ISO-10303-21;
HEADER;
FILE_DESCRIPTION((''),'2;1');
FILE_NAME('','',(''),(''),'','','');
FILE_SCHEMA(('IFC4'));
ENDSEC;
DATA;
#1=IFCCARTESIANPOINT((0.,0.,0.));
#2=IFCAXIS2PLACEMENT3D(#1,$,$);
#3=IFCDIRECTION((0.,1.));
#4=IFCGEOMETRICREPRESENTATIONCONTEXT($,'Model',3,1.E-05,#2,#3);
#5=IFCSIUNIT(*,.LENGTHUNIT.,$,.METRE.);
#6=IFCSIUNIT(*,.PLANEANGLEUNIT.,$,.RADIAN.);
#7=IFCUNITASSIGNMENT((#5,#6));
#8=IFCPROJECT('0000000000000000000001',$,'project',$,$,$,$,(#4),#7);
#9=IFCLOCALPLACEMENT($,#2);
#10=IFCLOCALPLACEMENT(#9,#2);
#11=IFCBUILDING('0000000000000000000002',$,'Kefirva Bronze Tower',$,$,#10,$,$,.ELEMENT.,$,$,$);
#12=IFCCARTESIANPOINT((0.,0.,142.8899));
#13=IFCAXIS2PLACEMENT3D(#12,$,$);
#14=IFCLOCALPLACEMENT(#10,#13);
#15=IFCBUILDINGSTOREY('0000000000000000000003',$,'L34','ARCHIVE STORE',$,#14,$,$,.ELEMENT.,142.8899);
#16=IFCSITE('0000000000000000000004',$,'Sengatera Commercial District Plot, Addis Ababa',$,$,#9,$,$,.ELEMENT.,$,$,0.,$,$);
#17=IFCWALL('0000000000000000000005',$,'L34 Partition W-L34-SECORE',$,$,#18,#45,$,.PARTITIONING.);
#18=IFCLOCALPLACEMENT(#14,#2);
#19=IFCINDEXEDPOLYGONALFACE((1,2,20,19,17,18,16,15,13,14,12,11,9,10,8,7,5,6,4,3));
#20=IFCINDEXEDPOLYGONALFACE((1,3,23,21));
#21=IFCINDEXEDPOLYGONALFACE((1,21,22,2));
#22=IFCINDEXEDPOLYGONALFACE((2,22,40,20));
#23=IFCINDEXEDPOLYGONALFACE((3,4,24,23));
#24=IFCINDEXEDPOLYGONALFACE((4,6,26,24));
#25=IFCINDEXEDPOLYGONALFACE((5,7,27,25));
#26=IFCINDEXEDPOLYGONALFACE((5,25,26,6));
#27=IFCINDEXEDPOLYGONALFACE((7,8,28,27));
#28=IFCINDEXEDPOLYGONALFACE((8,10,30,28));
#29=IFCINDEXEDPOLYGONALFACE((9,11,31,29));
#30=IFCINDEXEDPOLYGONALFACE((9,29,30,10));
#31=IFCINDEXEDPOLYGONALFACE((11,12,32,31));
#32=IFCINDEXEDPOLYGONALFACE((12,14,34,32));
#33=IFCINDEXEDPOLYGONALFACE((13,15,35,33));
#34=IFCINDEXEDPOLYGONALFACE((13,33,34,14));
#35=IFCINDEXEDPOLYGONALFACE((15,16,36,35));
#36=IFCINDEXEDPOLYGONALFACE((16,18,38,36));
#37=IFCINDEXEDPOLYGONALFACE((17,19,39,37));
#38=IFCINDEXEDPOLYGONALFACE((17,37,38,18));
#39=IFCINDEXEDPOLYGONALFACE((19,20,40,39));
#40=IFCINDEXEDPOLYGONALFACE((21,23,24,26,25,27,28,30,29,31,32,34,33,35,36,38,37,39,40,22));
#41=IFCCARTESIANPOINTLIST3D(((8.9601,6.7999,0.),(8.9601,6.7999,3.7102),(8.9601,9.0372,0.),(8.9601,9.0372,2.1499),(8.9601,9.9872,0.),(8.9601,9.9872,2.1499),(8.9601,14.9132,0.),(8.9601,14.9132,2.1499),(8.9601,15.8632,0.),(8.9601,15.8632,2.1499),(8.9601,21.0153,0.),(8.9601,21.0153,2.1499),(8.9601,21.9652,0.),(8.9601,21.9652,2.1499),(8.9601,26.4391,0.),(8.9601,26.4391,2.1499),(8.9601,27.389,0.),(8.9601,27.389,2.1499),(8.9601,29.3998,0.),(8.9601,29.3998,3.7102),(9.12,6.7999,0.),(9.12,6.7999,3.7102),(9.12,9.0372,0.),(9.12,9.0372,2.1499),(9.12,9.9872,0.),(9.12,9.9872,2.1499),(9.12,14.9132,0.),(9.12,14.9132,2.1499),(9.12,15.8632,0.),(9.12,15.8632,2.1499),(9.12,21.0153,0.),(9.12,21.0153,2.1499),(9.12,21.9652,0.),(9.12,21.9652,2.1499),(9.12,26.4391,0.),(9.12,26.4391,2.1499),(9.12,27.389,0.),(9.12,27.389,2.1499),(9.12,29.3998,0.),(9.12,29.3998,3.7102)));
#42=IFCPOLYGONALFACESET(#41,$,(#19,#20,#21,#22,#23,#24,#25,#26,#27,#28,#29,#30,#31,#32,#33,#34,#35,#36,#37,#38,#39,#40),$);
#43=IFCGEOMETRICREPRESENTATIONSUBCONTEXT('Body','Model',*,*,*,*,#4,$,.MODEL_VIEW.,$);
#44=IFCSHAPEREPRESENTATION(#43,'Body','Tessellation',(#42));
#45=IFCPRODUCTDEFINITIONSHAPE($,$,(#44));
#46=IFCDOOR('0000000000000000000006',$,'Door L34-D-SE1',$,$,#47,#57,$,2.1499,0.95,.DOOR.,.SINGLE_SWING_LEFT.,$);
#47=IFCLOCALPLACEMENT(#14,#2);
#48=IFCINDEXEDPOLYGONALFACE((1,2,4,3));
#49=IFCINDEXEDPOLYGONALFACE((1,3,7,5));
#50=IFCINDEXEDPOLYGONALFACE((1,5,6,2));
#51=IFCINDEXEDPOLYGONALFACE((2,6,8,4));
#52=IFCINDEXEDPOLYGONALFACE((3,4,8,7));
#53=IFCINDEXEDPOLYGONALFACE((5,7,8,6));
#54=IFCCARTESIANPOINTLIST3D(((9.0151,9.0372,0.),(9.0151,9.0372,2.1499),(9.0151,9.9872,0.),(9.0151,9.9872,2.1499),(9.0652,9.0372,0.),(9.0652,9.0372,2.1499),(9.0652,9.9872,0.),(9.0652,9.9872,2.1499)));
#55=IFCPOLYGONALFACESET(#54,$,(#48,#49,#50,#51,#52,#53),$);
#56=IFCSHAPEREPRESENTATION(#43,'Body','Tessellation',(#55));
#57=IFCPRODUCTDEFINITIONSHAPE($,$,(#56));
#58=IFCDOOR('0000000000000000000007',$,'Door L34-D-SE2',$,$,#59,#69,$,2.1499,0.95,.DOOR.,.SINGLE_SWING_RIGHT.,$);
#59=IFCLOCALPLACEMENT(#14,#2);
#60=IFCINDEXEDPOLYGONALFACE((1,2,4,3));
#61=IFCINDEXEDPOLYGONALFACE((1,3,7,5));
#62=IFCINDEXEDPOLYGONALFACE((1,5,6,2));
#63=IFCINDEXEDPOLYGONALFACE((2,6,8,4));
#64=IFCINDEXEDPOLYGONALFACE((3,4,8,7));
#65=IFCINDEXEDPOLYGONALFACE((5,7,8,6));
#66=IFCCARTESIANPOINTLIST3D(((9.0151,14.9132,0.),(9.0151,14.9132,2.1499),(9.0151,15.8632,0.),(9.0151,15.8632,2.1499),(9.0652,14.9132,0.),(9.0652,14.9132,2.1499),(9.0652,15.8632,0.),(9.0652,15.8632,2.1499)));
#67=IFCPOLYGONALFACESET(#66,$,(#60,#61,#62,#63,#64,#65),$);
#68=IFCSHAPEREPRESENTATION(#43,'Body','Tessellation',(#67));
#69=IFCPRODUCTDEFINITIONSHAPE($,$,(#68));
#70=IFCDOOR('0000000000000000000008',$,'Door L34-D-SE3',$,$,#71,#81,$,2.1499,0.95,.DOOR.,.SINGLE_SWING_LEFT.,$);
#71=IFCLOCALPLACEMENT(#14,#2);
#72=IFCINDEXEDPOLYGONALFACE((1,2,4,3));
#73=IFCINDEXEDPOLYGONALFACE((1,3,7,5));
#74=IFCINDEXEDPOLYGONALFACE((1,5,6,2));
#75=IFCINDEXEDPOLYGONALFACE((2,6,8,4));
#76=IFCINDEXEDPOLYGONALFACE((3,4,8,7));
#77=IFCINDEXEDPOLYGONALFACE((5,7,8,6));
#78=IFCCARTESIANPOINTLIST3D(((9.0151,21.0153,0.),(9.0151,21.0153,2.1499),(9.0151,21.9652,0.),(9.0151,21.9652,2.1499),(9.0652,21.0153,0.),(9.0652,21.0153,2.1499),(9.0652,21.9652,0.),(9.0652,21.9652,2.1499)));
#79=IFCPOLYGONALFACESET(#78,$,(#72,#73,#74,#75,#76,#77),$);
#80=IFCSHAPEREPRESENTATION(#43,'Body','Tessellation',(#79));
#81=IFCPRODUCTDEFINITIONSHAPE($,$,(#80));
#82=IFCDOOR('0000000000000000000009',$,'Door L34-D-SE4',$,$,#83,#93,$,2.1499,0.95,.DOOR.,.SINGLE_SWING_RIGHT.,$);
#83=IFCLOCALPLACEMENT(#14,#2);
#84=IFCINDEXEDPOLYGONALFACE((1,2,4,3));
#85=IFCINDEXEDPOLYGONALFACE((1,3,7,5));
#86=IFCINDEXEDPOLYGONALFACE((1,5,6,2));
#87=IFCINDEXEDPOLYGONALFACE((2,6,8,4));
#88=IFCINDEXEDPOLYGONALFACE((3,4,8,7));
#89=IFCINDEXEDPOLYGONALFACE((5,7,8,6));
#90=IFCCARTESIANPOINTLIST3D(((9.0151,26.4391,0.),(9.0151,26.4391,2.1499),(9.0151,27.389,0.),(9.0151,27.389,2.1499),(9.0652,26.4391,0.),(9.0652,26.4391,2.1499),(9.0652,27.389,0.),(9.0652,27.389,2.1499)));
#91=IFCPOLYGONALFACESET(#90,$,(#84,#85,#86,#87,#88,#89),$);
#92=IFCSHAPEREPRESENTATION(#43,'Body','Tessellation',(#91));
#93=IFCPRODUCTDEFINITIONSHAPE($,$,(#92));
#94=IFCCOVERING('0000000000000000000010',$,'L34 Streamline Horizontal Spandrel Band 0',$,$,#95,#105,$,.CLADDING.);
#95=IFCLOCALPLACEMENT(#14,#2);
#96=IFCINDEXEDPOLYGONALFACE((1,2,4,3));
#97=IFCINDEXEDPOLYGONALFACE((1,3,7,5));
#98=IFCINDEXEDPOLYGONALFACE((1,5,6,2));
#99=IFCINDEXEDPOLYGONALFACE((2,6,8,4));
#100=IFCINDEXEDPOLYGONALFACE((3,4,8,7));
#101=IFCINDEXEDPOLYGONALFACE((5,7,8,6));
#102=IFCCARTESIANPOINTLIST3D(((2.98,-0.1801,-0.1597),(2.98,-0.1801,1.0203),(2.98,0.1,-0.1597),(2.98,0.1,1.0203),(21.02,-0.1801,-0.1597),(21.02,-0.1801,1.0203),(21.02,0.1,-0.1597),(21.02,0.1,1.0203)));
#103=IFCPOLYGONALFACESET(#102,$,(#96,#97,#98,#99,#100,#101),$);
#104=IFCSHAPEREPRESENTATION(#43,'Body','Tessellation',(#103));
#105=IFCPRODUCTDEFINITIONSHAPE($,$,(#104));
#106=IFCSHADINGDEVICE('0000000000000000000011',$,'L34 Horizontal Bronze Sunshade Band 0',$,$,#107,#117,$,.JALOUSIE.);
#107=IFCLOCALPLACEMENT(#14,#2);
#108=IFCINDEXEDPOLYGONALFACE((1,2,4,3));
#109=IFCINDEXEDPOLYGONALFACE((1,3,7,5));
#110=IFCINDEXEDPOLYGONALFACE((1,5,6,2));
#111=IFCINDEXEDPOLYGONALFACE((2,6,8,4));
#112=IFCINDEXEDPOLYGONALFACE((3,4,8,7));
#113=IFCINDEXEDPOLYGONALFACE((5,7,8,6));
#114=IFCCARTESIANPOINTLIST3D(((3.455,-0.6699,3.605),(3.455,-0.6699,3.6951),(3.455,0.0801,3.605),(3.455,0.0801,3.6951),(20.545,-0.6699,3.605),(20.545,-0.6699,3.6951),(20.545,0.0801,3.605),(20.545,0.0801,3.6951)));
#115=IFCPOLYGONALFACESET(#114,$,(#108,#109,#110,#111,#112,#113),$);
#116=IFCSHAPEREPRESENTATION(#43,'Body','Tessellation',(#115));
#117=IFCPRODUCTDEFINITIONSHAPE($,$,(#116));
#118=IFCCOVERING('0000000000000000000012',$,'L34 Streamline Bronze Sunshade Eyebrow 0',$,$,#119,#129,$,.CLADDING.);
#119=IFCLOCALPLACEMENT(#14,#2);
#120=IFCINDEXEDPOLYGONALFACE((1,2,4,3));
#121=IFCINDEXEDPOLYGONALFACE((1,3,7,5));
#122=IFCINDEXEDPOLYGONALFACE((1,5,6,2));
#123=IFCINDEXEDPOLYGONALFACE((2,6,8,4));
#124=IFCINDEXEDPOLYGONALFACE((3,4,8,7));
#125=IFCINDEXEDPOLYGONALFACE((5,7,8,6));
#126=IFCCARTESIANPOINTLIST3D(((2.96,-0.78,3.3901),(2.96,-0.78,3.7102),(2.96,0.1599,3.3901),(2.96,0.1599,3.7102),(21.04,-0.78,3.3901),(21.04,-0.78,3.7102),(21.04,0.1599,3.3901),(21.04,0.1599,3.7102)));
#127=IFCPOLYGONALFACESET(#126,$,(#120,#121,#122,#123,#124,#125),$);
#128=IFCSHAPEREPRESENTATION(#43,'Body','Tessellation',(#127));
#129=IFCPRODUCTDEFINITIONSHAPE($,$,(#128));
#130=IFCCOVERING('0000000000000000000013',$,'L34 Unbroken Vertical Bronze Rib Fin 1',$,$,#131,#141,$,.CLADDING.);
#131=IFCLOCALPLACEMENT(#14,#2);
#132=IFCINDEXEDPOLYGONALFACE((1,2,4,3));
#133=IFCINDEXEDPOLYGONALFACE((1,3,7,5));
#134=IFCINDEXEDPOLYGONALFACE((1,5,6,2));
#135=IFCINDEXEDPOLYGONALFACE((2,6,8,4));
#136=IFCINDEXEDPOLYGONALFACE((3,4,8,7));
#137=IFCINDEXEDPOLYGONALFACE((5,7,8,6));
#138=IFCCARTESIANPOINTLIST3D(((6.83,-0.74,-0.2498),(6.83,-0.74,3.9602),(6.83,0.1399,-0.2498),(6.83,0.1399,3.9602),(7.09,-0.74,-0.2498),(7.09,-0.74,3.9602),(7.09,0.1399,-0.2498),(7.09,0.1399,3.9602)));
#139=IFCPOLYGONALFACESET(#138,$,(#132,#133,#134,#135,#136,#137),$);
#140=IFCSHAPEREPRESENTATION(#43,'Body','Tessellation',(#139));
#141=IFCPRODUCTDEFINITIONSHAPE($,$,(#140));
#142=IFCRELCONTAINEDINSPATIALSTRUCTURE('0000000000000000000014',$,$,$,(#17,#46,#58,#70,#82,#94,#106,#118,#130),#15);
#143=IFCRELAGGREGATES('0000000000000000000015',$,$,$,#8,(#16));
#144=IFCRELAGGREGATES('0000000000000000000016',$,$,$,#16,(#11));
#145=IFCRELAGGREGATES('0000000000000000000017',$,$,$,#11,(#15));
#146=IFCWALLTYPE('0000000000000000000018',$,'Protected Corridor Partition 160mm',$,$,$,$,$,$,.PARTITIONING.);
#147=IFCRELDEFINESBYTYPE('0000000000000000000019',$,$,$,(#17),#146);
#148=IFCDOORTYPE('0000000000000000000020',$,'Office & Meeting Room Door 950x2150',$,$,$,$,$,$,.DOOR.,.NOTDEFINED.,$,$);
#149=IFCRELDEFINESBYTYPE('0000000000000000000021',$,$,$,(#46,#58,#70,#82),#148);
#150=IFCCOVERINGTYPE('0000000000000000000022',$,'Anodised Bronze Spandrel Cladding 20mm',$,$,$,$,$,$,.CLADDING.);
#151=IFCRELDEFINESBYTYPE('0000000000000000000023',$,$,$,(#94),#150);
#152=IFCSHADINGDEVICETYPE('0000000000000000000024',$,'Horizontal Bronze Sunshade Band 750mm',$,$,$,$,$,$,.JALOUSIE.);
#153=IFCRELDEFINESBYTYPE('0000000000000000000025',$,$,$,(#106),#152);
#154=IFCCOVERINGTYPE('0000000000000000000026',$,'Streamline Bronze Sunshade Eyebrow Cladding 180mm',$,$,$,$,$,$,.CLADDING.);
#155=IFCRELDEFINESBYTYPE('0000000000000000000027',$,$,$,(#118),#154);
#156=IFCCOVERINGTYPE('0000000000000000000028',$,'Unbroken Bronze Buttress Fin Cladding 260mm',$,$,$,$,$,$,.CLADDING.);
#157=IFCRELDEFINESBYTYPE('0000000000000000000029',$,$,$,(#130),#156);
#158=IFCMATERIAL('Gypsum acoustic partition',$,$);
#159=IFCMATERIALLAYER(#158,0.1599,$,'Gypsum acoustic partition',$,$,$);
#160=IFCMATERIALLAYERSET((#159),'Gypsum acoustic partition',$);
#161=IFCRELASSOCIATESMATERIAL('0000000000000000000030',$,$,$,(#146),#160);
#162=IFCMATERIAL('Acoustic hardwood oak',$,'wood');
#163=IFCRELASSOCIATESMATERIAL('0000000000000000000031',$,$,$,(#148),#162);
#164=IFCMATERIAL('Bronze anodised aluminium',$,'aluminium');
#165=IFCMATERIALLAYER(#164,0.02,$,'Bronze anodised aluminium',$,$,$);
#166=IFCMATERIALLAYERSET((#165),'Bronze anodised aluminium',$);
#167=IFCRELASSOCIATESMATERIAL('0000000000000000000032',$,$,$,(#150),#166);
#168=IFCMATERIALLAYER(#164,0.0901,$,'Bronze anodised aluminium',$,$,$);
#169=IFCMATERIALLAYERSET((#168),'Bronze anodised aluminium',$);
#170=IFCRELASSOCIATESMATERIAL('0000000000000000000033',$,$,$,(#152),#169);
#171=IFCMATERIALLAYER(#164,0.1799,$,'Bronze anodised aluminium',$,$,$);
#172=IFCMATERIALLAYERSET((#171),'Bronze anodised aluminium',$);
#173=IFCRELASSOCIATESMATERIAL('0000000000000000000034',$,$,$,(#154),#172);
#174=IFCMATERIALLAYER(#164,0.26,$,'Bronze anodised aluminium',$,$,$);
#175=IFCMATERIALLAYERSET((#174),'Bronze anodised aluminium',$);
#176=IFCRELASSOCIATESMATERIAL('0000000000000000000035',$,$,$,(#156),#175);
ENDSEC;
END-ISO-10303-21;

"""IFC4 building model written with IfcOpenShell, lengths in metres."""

from ifc_helpers import new_model, si_unit, direction, frame, frame_2d, origin, origin_2d, place, context, subcontext, project, spatial, rectangle, extrude, material, layer, layer_set, type_object, element, fill, save


model = new_model("IFC4")

# Units and contexts
model_context = context("Model", 3, precision=1e-05, world=origin(), true_north=direction((0.0, 1.0)))
body_context = subcontext(model_context, "Body", "Model", "MODEL_VIEW")
ifc_project = project(units=[si_unit("LENGTHUNIT", "METRE"), si_unit("PLANEANGLEUNIT", "RADIAN")], contexts=[model_context])

# Site, building, storey
site_placement = place(None, origin())
site = spatial("IfcSite", under=ifc_project, at=site_placement, Name="Sengatera Commercial District Plot, Addis Ababa", CompositionType="ELEMENT", RefElevation=0.0)
building_placement = place(site_placement, origin())
building = spatial("IfcBuilding", under=site, at=building_placement, Name="Kefirva Bronze Tower", CompositionType="ELEMENT")
storey_placement = place(building_placement, frame((0.0, 0.0, 142.8899)))
storey = spatial("IfcBuildingStorey", under=building, at=storey_placement, Name="L34", Description="ARCHIVE STORE", CompositionType="ELEMENT", Elevation=142.8899)

# Shared definitions
ifc_material_1 = material(Name="Bronze anodised aluminium", Category="aluminium")

# Shared definitions
ifc_material_2 = material(Name="Gypsum acoustic partition")

# Wall, openings, doors
ifc_layer_1 = layer(ifc_material_2, 0.1599, Name="Gypsum acoustic partition")
ifc_layer_set_1 = layer_set([ifc_layer_1], Name="Gypsum acoustic partition")
wall_type_1 = type_object("IfcWallType", Name="Protected Corridor Partition 160mm", PredefinedType="PARTITIONING", material=ifc_layer_set_1)
ifc_material_3 = material(Name="Acoustic hardwood oak", Category="wood")
door_type = type_object("IfcDoorType", Name="Office & Meeting Room Door 950x2150", OperationType="NOTDEFINED", PredefinedType="DOOR", material=ifc_material_3)
wall_1_placement = place(storey_placement, frame((9.04, 6.8, 0.0), z_axis=(0.0, 0.0, 1.0), x_axis=(0.0, 1.0, 0.0)))
wall_1 = element("IfcWall", 1, at=wall_1_placement, inside=storey, type_object=wall_type_1, Name="L34 Partition W-L34-SECORE", PredefinedType="PARTITIONING", context=body_context, shape_type="SweptSolid", body=[
    extrude(rectangle(XDim=22.5999, YDim=0.1599, at=frame_2d((11.2998, 0.0))), origin(), (0.0, 0.0, 1.0), 3.7102),
])
opening_1_placement = place(wall_1_placement, frame((2.2371, 0.0, 0.0)))
opening_1 = element("IfcOpeningElement", 2, at=opening_1_placement, cuts=wall_1, PredefinedType="OPENING", context=body_context, shape_type="SweptSolid", body=[
    extrude(rectangle(XDim=0.95, YDim=2.1499, at=frame_2d((0.4751, 1.075))), frame((0.0, 0.0898, 0.0), z_axis=(0.0, -1.0, 0.0), x_axis=(1.0, 0.0, 0.0)), (0.0, 0.0, 1.0), 0.1799),
])
opening_2_placement = place(wall_1_placement, frame((8.113, 0.0, 0.0)))
opening_2 = element("IfcOpeningElement", 3, at=opening_2_placement, cuts=wall_1, PredefinedType="OPENING", context=body_context, shape_type="SweptSolid", body=[
    extrude(rectangle(XDim=0.95, YDim=2.1499, at=frame_2d((0.4751, 1.075))), frame((0.0, 0.0898, 0.0), z_axis=(0.0, -1.0, 0.0), x_axis=(1.0, 0.0, 0.0)), (0.0, 0.0, 1.0), 0.1799),
])
opening_3_placement = place(wall_1_placement, frame((14.2151, 0.0, 0.0)))
opening_3 = element("IfcOpeningElement", 4, at=opening_3_placement, cuts=wall_1, PredefinedType="OPENING", context=body_context, shape_type="SweptSolid", body=[
    extrude(rectangle(XDim=0.95, YDim=2.1499, at=frame_2d((0.4751, 1.075))), frame((0.0, 0.0898, 0.0), z_axis=(0.0, -1.0, 0.0), x_axis=(1.0, 0.0, 0.0)), (0.0, 0.0, 1.0), 0.1799),
])
opening_4_placement = place(wall_1_placement, frame((19.6389, 0.0, 0.0)))
opening_4 = element("IfcOpeningElement", 5, at=opening_4_placement, cuts=wall_1, PredefinedType="OPENING", context=body_context, shape_type="SweptSolid", body=[
    extrude(rectangle(XDim=0.95, YDim=2.1499, at=frame_2d((0.4751, 1.075))), frame((0.0, 0.0898, 0.0), z_axis=(0.0, -1.0, 0.0), x_axis=(1.0, 0.0, 0.0)), (0.0, 0.0, 1.0), 0.1799),
])
door_1_placement = place(opening_1_placement, origin())
door_1 = element("IfcDoor", 6, at=door_1_placement, inside=storey, type_object=door_type, Name="Door L34-D-SE1", OperationType="SINGLE_SWING_LEFT", OverallHeight=2.1499, OverallWidth=0.95, PredefinedType="DOOR", context=body_context, shape_type="SweptSolid", body=[
    extrude(rectangle(XDim=0.95, YDim=2.1499, at=frame_2d((0.4751, 1.075))), frame((0.0, 0.0249, 0.0), z_axis=(0.0, -1.0, 0.0), x_axis=(1.0, 0.0, 0.0)), (0.0, 0.0, 1.0), 0.05),
])
fill(opening_1, door_1)
door_2_placement = place(opening_2_placement, origin())
door_2 = element("IfcDoor", 7, at=door_2_placement, inside=storey, type_object=door_type, Name="Door L34-D-SE2", OperationType="SINGLE_SWING_RIGHT", OverallHeight=2.1499, OverallWidth=0.95, PredefinedType="DOOR", context=body_context, shape_type="SweptSolid", body=[
    extrude(rectangle(XDim=0.95, YDim=2.1499, at=frame_2d((0.4751, 1.075))), frame((0.0, 0.0249, 0.0), z_axis=(0.0, -1.0, 0.0), x_axis=(1.0, 0.0, 0.0)), (0.0, 0.0, 1.0), 0.05),
])
fill(opening_2, door_2)
door_3_placement = place(opening_3_placement, origin())
door_3 = element("IfcDoor", 8, at=door_3_placement, inside=storey, type_object=door_type, Name="Door L34-D-SE3", OperationType="SINGLE_SWING_LEFT", OverallHeight=2.1499, OverallWidth=0.95, PredefinedType="DOOR", context=body_context, shape_type="SweptSolid", body=[
    extrude(rectangle(XDim=0.95, YDim=2.1499, at=frame_2d((0.4751, 1.075))), frame((0.0, 0.0249, 0.0), z_axis=(0.0, -1.0, 0.0), x_axis=(1.0, 0.0, 0.0)), (0.0, 0.0, 1.0), 0.05),
])
fill(opening_3, door_3)
door_4_placement = place(opening_4_placement, origin())
door_4 = element("IfcDoor", 9, at=door_4_placement, inside=storey, type_object=door_type, Name="Door L34-D-SE4", OperationType="SINGLE_SWING_RIGHT", OverallHeight=2.1499, OverallWidth=0.95, PredefinedType="DOOR", context=body_context, shape_type="SweptSolid", body=[
    extrude(rectangle(XDim=0.95, YDim=2.1499, at=frame_2d((0.4751, 1.075))), frame((0.0, 0.0249, 0.0), z_axis=(0.0, -1.0, 0.0), x_axis=(1.0, 0.0, 0.0)), (0.0, 0.0, 1.0), 0.05),
])
fill(opening_4, door_4)

# Covering
ifc_layer_2 = layer(ifc_material_1, 0.02, Name="Bronze anodised aluminium")
ifc_layer_set_2 = layer_set([ifc_layer_2], Name="Bronze anodised aluminium")
covering_type_1 = type_object("IfcCoveringType", Name="Anodised Bronze Spandrel Cladding 20mm", PredefinedType="CLADDING", material=ifc_layer_set_2)
covering_1_placement = place(storey_placement, frame((12.0, -0.04, -0.1597), z_axis=(0.0, 0.0, 1.0), x_axis=(1.0, 0.0, 0.0)))
element("IfcCovering", 10, at=covering_1_placement, inside=storey, type_object=covering_type_1, Name="L34 Streamline Horizontal Spandrel Band 0", PredefinedType="CLADDING", context=body_context, shape_type="SweptSolid", body=[
    extrude(rectangle(XDim=18.04, YDim=0.28, at=origin_2d()), origin(), (0.0, 0.0, 1.0), 1.1799),
])

# Shading device
ifc_layer_3 = layer(ifc_material_1, 0.0901, Name="Bronze anodised aluminium")
ifc_layer_set_3 = layer_set([ifc_layer_3], Name="Bronze anodised aluminium")
shading_device_type = type_object("IfcShadingDeviceType", Name="Horizontal Bronze Sunshade Band 750mm", PredefinedType="JALOUSIE", material=ifc_layer_set_3)
shading_device_placement = place(storey_placement, frame((12.0, -0.2949, 3.605), z_axis=(0.0, 0.0, 1.0), x_axis=(1.0, 0.0, 0.0)))
element("IfcShadingDevice", 11, at=shading_device_placement, inside=storey, type_object=shading_device_type, Name="L34 Horizontal Bronze Sunshade Band 0", PredefinedType="JALOUSIE", context=body_context, shape_type="SweptSolid", body=[
    extrude(rectangle(XDim=17.0901, YDim=0.75, at=origin_2d()), origin(), (0.0, 0.0, 1.0), 0.0901),
])

# Coverings
ifc_layer_4 = layer(ifc_material_1, 0.1799, Name="Bronze anodised aluminium")
ifc_layer_set_4 = layer_set([ifc_layer_4], Name="Bronze anodised aluminium")
covering_type_2 = type_object("IfcCoveringType", Name="Streamline Bronze Sunshade Eyebrow Cladding 180mm", PredefinedType="CLADDING", material=ifc_layer_set_4)
covering_2_placement = place(storey_placement, frame((12.0, -0.3101, 3.3901), z_axis=(0.0, 0.0, 1.0), x_axis=(1.0, 0.0, 0.0)))
element("IfcCovering", 12, at=covering_2_placement, inside=storey, type_object=covering_type_2, Name="L34 Streamline Bronze Sunshade Eyebrow 0", PredefinedType="CLADDING", context=body_context, shape_type="SweptSolid", body=[
    extrude(rectangle(XDim=18.0801, YDim=0.9399, at=origin_2d()), origin(), (0.0, 0.0, 1.0), 0.3201),
])
ifc_layer_5 = layer(ifc_material_1, 0.26, Name="Bronze anodised aluminium")
ifc_layer_set_5 = layer_set([ifc_layer_5], Name="Bronze anodised aluminium")
covering_type_3 = type_object("IfcCoveringType", Name="Unbroken Bronze Buttress Fin Cladding 260mm", PredefinedType="CLADDING", material=ifc_layer_set_5)
covering_3_placement = place(storey_placement, frame((6.96, -0.3, -0.2498), z_axis=(0.0, 0.0, 1.0), x_axis=(1.0, 0.0, 0.0)))
element("IfcCovering", 13, at=covering_3_placement, inside=storey, type_object=covering_type_3, Name="L34 Unbroken Vertical Bronze Rib Fin 1", PredefinedType="CLADDING", context=body_context, shape_type="SweptSolid", body=[
    extrude(rectangle(XDim=0.26, YDim=0.8799, at=origin_2d()), origin(), (0.0, 0.0, 1.0), 4.21),
])

save(model, "model.ifc")
